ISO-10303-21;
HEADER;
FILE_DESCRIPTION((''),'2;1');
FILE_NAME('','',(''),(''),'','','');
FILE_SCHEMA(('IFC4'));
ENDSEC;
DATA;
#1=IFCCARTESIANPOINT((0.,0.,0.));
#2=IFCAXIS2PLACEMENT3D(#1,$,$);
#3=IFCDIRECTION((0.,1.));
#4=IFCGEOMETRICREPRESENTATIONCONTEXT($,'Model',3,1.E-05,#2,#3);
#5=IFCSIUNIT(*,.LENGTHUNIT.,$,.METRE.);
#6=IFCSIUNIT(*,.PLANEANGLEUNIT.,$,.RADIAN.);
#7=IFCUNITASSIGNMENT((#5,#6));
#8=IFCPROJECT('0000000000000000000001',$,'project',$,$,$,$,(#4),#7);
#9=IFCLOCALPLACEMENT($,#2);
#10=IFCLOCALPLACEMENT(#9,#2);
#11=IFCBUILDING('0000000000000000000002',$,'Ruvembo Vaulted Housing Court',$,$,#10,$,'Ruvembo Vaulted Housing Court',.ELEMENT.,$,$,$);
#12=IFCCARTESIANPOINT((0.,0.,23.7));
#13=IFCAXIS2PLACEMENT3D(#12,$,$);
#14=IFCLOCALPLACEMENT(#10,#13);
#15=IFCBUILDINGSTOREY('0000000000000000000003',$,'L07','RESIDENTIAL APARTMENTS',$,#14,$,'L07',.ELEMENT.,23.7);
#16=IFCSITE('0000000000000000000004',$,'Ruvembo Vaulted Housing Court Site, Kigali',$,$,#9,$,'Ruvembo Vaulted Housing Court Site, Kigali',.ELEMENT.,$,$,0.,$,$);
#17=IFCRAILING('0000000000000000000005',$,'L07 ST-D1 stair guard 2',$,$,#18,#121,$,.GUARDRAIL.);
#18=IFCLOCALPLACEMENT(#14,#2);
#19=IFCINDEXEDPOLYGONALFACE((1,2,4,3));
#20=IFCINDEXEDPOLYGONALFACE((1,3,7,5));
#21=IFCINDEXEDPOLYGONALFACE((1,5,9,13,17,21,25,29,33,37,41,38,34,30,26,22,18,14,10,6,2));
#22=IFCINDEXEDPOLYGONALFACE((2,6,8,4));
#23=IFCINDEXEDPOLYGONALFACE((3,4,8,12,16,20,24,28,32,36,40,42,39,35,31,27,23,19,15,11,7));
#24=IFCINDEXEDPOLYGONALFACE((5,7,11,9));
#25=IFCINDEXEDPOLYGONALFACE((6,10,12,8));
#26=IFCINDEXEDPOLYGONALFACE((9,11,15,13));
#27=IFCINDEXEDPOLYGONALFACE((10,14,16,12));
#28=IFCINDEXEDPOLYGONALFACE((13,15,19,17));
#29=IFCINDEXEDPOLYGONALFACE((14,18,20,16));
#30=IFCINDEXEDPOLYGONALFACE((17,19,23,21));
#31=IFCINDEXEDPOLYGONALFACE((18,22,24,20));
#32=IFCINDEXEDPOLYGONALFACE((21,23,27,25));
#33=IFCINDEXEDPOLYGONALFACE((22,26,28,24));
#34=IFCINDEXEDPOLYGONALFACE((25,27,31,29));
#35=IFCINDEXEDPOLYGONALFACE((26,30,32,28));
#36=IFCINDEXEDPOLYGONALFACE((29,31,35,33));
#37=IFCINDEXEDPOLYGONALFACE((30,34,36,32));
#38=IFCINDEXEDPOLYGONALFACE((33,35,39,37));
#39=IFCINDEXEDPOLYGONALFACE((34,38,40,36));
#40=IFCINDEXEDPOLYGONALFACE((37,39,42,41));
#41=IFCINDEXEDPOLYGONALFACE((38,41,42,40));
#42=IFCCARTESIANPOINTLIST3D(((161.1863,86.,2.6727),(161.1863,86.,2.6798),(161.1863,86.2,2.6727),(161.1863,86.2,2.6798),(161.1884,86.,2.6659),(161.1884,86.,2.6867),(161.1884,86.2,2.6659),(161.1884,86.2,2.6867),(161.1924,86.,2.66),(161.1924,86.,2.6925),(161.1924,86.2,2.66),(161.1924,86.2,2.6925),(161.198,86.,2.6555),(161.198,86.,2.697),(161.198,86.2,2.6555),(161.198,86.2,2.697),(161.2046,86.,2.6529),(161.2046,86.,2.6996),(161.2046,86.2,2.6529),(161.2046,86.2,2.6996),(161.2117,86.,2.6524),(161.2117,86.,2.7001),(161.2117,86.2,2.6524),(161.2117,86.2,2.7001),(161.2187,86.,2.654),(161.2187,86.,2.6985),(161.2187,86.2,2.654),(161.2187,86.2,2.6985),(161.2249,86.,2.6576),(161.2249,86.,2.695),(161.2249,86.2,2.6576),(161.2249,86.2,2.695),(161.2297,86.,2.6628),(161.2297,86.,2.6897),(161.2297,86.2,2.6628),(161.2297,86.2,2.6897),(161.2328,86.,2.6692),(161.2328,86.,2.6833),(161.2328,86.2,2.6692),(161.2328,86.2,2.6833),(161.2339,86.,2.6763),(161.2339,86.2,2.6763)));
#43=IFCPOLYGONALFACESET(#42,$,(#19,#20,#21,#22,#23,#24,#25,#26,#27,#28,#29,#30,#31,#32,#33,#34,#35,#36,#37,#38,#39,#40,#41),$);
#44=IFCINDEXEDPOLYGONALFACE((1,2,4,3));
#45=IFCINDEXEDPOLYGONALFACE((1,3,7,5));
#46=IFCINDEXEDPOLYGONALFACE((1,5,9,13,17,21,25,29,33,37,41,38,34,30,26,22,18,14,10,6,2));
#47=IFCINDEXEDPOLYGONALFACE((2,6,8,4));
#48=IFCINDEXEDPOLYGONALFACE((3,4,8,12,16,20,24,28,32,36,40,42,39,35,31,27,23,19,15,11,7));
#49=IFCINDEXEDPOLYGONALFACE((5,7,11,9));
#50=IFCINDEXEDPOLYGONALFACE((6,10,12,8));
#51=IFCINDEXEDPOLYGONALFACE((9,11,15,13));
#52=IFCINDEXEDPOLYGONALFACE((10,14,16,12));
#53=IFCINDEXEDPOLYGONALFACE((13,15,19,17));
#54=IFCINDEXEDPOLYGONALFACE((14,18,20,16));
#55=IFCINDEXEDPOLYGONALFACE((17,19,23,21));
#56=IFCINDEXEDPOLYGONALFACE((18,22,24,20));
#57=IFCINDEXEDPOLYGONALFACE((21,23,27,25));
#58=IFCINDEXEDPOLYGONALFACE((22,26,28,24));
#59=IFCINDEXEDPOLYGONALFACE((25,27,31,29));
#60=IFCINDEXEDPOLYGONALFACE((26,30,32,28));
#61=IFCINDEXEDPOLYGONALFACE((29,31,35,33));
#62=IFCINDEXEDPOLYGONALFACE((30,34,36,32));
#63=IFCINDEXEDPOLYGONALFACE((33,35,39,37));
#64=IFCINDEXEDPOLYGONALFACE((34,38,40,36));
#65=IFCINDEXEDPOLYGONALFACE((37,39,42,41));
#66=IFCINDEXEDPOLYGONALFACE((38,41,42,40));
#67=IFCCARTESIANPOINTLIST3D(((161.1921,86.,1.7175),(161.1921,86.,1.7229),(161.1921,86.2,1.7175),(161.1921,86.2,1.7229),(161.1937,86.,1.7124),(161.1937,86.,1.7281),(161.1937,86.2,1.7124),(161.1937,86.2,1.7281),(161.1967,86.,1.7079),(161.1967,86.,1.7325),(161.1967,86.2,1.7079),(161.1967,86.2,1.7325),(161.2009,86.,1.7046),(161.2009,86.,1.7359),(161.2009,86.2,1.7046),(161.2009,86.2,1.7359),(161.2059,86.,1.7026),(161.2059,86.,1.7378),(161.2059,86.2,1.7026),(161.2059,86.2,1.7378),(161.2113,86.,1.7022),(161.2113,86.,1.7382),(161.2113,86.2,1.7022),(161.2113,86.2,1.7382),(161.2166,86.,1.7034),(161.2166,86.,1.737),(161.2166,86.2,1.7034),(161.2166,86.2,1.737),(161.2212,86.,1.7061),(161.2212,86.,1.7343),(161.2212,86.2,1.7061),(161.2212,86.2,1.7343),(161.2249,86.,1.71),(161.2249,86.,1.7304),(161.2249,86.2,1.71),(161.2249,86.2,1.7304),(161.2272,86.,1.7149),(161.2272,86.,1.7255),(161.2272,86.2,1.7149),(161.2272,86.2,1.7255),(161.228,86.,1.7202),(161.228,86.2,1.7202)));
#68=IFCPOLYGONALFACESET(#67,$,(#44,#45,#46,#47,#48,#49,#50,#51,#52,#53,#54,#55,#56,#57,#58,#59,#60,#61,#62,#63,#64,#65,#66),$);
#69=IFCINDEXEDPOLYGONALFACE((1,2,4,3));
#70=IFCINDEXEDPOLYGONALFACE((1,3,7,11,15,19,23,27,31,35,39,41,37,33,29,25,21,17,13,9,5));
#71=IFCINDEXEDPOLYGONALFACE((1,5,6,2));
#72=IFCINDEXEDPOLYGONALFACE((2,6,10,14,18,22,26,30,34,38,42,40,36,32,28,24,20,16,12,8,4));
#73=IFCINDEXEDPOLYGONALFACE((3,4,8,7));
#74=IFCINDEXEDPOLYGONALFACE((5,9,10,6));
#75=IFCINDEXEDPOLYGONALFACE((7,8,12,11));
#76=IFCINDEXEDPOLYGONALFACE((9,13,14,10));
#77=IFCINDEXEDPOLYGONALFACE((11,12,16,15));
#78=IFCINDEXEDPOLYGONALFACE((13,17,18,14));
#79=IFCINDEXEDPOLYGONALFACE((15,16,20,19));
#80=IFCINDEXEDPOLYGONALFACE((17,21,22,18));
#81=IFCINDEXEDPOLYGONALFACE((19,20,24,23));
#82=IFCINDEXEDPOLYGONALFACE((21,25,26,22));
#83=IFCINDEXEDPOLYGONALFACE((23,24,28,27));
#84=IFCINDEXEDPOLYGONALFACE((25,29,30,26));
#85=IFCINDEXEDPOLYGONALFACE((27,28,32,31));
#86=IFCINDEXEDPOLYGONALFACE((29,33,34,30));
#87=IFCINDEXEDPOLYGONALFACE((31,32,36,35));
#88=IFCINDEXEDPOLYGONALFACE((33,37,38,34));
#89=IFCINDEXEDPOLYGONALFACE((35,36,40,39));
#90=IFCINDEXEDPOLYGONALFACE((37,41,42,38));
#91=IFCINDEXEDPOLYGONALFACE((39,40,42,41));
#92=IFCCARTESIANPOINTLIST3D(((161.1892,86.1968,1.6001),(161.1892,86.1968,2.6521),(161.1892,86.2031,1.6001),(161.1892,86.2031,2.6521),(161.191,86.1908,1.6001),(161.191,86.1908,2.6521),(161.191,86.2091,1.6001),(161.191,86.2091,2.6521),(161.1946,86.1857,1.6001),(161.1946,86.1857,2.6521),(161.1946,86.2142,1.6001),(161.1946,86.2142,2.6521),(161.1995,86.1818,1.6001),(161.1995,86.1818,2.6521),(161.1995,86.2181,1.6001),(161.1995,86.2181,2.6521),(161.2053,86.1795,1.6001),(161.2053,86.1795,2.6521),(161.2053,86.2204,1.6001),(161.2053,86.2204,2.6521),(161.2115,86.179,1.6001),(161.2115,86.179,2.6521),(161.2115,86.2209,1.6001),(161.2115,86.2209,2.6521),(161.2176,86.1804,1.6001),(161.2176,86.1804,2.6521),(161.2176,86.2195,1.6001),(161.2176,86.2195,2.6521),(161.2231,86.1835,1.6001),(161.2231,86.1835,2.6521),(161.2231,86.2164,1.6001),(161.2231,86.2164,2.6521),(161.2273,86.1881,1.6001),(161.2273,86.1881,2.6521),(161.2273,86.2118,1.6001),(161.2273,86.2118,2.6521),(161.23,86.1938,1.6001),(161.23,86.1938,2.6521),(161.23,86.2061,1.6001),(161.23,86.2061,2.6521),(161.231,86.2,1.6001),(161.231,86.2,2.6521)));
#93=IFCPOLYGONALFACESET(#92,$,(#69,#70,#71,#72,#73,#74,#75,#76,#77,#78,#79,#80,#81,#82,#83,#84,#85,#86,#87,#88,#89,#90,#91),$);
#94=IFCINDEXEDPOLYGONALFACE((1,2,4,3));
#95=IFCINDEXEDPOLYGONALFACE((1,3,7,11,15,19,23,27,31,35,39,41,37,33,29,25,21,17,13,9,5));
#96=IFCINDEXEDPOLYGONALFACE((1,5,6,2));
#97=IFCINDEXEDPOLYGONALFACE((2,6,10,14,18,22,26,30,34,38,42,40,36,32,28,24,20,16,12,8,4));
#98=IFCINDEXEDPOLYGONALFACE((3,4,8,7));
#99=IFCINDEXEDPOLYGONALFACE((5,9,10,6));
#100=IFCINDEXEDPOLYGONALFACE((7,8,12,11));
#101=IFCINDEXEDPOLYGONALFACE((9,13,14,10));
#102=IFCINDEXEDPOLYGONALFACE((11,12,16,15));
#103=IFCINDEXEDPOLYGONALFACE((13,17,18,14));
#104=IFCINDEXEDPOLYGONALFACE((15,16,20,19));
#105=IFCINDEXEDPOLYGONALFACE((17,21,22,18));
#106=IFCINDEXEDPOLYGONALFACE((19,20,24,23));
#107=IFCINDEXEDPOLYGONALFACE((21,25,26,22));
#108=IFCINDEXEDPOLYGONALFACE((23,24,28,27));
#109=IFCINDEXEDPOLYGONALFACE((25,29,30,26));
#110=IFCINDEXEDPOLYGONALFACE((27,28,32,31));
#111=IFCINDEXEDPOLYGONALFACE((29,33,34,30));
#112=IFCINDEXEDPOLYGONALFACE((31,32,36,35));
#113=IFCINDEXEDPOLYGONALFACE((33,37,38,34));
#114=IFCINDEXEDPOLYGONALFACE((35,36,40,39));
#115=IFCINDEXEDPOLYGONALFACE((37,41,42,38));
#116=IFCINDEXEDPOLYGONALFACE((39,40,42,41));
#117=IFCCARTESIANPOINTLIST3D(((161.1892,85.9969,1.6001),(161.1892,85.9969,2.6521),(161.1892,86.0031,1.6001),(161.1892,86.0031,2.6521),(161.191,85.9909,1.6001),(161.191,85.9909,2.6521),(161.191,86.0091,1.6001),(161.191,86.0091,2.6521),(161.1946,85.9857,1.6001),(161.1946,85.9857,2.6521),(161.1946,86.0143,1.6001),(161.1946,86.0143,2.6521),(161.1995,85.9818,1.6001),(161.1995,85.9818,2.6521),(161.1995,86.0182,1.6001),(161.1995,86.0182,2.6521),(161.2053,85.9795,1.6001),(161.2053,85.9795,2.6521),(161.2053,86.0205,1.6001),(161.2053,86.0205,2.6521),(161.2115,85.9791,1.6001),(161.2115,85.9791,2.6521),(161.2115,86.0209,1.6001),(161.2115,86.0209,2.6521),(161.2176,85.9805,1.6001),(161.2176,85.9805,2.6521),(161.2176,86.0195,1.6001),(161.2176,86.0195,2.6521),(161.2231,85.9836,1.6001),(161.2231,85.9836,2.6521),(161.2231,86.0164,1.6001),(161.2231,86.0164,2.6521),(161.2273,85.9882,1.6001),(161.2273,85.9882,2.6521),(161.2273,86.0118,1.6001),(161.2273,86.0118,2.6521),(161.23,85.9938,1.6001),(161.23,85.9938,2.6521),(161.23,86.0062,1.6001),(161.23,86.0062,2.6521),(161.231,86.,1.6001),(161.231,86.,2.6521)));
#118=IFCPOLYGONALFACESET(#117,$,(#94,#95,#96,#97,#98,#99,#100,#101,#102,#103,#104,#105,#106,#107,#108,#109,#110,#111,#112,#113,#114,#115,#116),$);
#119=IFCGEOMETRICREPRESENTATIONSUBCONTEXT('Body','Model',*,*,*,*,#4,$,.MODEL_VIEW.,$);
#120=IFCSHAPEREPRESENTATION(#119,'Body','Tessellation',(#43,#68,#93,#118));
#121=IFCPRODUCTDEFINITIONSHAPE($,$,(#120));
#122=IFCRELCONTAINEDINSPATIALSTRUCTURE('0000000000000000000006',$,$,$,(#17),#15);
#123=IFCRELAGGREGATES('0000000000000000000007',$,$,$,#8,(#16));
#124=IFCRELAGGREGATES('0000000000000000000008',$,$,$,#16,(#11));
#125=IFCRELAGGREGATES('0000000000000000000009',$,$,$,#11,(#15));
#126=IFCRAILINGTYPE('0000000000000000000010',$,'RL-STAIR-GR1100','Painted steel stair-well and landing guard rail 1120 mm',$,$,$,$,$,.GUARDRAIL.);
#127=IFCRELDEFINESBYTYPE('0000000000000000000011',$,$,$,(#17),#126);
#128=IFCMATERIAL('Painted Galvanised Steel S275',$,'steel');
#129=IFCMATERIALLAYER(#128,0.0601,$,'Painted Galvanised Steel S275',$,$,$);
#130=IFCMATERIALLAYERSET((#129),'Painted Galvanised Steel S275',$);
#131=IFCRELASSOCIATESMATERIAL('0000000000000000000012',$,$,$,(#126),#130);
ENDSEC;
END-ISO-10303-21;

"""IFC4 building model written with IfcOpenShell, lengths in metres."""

from ifc_helpers import new_model, si_unit, direction, frame, origin, origin_2d, place, context, subcontext, project, spatial, circle, extrude, material, layer, layer_set, type_object, element, save


model = new_model("IFC4")

# Units and contexts
model_context = context("Model", 3, precision=1e-05, world=origin(), true_north=direction((0.0, 1.0)))
body_context = subcontext(model_context, "Body", "Model", "MODEL_VIEW")
ifc_project = project(units=[si_unit("LENGTHUNIT", "METRE"), si_unit("PLANEANGLEUNIT", "RADIAN")], contexts=[model_context])

# Site, building, storey
site_placement = place(None, origin())
site = spatial("IfcSite", under=ifc_project, at=site_placement, Name="Ruvembo Vaulted Housing Court Site, Kigali", LongName="Ruvembo Vaulted Housing Court Site, Kigali", CompositionType="ELEMENT", RefElevation=0.0)
building_placement = place(site_placement, origin())
building = spatial("IfcBuilding", under=site, at=building_placement, Name="Ruvembo Vaulted Housing Court", LongName="Ruvembo Vaulted Housing Court", CompositionType="ELEMENT")
storey_placement = place(building_placement, frame((0.0, 0.0, 23.7)))
storey = spatial("IfcBuildingStorey", under=building, at=storey_placement, Name="L07", Description="RESIDENTIAL APARTMENTS", LongName="L07", CompositionType="ELEMENT", Elevation=23.7)

# Railing
ifc_material_1 = material(Name="Painted Galvanised Steel S275", Category="steel")
ifc_layer_1 = layer(ifc_material_1, 0.0601, Name="Painted Galvanised Steel S275")
ifc_layer_set_1 = layer_set([ifc_layer_1], Name="Painted Galvanised Steel S275")
railing_type_1 = type_object("IfcRailingType", Name="RL-STAIR-GR1100", Description="Painted steel stair-well and landing guard rail 1120 mm", PredefinedType="GUARDRAIL", material=ifc_layer_set_1)
railing_1_placement = place(storey_placement, frame((161.21, 86.2, 1.6001)))
element("IfcRailing", 1, at=railing_1_placement, inside=storey, type_object=railing_type_1, Name="L07 ST-D1 stair guard 2", PredefinedType="GUARDRAIL", context=body_context, shape_type="SweptSolid", body=[
    extrude(circle(Radius=0.0239, at=origin_2d()), frame((0.0, 0.0, 1.0762), z_axis=(0.0, -1.0, 0.0), x_axis=(1.0, 0.0, 0.0)), (0.0, 0.0, 1.0), 0.2),
    extrude(circle(Radius=0.0181, at=origin_2d()), frame((0.0, 0.0, 0.1201), z_axis=(0.0, -1.0, 0.0), x_axis=(1.0, 0.0, 0.0)), (0.0, 0.0, 1.0), 0.2),
    extrude(circle(Radius=0.021, at=origin_2d()), origin(), (0.0, 0.0, 1.0), 1.052),
    extrude(circle(Radius=0.021, at=origin_2d()), frame((0.0, -0.2, 0.0)), (0.0, 0.0, 1.0), 1.052),
])

save(model, "model.ifc")
